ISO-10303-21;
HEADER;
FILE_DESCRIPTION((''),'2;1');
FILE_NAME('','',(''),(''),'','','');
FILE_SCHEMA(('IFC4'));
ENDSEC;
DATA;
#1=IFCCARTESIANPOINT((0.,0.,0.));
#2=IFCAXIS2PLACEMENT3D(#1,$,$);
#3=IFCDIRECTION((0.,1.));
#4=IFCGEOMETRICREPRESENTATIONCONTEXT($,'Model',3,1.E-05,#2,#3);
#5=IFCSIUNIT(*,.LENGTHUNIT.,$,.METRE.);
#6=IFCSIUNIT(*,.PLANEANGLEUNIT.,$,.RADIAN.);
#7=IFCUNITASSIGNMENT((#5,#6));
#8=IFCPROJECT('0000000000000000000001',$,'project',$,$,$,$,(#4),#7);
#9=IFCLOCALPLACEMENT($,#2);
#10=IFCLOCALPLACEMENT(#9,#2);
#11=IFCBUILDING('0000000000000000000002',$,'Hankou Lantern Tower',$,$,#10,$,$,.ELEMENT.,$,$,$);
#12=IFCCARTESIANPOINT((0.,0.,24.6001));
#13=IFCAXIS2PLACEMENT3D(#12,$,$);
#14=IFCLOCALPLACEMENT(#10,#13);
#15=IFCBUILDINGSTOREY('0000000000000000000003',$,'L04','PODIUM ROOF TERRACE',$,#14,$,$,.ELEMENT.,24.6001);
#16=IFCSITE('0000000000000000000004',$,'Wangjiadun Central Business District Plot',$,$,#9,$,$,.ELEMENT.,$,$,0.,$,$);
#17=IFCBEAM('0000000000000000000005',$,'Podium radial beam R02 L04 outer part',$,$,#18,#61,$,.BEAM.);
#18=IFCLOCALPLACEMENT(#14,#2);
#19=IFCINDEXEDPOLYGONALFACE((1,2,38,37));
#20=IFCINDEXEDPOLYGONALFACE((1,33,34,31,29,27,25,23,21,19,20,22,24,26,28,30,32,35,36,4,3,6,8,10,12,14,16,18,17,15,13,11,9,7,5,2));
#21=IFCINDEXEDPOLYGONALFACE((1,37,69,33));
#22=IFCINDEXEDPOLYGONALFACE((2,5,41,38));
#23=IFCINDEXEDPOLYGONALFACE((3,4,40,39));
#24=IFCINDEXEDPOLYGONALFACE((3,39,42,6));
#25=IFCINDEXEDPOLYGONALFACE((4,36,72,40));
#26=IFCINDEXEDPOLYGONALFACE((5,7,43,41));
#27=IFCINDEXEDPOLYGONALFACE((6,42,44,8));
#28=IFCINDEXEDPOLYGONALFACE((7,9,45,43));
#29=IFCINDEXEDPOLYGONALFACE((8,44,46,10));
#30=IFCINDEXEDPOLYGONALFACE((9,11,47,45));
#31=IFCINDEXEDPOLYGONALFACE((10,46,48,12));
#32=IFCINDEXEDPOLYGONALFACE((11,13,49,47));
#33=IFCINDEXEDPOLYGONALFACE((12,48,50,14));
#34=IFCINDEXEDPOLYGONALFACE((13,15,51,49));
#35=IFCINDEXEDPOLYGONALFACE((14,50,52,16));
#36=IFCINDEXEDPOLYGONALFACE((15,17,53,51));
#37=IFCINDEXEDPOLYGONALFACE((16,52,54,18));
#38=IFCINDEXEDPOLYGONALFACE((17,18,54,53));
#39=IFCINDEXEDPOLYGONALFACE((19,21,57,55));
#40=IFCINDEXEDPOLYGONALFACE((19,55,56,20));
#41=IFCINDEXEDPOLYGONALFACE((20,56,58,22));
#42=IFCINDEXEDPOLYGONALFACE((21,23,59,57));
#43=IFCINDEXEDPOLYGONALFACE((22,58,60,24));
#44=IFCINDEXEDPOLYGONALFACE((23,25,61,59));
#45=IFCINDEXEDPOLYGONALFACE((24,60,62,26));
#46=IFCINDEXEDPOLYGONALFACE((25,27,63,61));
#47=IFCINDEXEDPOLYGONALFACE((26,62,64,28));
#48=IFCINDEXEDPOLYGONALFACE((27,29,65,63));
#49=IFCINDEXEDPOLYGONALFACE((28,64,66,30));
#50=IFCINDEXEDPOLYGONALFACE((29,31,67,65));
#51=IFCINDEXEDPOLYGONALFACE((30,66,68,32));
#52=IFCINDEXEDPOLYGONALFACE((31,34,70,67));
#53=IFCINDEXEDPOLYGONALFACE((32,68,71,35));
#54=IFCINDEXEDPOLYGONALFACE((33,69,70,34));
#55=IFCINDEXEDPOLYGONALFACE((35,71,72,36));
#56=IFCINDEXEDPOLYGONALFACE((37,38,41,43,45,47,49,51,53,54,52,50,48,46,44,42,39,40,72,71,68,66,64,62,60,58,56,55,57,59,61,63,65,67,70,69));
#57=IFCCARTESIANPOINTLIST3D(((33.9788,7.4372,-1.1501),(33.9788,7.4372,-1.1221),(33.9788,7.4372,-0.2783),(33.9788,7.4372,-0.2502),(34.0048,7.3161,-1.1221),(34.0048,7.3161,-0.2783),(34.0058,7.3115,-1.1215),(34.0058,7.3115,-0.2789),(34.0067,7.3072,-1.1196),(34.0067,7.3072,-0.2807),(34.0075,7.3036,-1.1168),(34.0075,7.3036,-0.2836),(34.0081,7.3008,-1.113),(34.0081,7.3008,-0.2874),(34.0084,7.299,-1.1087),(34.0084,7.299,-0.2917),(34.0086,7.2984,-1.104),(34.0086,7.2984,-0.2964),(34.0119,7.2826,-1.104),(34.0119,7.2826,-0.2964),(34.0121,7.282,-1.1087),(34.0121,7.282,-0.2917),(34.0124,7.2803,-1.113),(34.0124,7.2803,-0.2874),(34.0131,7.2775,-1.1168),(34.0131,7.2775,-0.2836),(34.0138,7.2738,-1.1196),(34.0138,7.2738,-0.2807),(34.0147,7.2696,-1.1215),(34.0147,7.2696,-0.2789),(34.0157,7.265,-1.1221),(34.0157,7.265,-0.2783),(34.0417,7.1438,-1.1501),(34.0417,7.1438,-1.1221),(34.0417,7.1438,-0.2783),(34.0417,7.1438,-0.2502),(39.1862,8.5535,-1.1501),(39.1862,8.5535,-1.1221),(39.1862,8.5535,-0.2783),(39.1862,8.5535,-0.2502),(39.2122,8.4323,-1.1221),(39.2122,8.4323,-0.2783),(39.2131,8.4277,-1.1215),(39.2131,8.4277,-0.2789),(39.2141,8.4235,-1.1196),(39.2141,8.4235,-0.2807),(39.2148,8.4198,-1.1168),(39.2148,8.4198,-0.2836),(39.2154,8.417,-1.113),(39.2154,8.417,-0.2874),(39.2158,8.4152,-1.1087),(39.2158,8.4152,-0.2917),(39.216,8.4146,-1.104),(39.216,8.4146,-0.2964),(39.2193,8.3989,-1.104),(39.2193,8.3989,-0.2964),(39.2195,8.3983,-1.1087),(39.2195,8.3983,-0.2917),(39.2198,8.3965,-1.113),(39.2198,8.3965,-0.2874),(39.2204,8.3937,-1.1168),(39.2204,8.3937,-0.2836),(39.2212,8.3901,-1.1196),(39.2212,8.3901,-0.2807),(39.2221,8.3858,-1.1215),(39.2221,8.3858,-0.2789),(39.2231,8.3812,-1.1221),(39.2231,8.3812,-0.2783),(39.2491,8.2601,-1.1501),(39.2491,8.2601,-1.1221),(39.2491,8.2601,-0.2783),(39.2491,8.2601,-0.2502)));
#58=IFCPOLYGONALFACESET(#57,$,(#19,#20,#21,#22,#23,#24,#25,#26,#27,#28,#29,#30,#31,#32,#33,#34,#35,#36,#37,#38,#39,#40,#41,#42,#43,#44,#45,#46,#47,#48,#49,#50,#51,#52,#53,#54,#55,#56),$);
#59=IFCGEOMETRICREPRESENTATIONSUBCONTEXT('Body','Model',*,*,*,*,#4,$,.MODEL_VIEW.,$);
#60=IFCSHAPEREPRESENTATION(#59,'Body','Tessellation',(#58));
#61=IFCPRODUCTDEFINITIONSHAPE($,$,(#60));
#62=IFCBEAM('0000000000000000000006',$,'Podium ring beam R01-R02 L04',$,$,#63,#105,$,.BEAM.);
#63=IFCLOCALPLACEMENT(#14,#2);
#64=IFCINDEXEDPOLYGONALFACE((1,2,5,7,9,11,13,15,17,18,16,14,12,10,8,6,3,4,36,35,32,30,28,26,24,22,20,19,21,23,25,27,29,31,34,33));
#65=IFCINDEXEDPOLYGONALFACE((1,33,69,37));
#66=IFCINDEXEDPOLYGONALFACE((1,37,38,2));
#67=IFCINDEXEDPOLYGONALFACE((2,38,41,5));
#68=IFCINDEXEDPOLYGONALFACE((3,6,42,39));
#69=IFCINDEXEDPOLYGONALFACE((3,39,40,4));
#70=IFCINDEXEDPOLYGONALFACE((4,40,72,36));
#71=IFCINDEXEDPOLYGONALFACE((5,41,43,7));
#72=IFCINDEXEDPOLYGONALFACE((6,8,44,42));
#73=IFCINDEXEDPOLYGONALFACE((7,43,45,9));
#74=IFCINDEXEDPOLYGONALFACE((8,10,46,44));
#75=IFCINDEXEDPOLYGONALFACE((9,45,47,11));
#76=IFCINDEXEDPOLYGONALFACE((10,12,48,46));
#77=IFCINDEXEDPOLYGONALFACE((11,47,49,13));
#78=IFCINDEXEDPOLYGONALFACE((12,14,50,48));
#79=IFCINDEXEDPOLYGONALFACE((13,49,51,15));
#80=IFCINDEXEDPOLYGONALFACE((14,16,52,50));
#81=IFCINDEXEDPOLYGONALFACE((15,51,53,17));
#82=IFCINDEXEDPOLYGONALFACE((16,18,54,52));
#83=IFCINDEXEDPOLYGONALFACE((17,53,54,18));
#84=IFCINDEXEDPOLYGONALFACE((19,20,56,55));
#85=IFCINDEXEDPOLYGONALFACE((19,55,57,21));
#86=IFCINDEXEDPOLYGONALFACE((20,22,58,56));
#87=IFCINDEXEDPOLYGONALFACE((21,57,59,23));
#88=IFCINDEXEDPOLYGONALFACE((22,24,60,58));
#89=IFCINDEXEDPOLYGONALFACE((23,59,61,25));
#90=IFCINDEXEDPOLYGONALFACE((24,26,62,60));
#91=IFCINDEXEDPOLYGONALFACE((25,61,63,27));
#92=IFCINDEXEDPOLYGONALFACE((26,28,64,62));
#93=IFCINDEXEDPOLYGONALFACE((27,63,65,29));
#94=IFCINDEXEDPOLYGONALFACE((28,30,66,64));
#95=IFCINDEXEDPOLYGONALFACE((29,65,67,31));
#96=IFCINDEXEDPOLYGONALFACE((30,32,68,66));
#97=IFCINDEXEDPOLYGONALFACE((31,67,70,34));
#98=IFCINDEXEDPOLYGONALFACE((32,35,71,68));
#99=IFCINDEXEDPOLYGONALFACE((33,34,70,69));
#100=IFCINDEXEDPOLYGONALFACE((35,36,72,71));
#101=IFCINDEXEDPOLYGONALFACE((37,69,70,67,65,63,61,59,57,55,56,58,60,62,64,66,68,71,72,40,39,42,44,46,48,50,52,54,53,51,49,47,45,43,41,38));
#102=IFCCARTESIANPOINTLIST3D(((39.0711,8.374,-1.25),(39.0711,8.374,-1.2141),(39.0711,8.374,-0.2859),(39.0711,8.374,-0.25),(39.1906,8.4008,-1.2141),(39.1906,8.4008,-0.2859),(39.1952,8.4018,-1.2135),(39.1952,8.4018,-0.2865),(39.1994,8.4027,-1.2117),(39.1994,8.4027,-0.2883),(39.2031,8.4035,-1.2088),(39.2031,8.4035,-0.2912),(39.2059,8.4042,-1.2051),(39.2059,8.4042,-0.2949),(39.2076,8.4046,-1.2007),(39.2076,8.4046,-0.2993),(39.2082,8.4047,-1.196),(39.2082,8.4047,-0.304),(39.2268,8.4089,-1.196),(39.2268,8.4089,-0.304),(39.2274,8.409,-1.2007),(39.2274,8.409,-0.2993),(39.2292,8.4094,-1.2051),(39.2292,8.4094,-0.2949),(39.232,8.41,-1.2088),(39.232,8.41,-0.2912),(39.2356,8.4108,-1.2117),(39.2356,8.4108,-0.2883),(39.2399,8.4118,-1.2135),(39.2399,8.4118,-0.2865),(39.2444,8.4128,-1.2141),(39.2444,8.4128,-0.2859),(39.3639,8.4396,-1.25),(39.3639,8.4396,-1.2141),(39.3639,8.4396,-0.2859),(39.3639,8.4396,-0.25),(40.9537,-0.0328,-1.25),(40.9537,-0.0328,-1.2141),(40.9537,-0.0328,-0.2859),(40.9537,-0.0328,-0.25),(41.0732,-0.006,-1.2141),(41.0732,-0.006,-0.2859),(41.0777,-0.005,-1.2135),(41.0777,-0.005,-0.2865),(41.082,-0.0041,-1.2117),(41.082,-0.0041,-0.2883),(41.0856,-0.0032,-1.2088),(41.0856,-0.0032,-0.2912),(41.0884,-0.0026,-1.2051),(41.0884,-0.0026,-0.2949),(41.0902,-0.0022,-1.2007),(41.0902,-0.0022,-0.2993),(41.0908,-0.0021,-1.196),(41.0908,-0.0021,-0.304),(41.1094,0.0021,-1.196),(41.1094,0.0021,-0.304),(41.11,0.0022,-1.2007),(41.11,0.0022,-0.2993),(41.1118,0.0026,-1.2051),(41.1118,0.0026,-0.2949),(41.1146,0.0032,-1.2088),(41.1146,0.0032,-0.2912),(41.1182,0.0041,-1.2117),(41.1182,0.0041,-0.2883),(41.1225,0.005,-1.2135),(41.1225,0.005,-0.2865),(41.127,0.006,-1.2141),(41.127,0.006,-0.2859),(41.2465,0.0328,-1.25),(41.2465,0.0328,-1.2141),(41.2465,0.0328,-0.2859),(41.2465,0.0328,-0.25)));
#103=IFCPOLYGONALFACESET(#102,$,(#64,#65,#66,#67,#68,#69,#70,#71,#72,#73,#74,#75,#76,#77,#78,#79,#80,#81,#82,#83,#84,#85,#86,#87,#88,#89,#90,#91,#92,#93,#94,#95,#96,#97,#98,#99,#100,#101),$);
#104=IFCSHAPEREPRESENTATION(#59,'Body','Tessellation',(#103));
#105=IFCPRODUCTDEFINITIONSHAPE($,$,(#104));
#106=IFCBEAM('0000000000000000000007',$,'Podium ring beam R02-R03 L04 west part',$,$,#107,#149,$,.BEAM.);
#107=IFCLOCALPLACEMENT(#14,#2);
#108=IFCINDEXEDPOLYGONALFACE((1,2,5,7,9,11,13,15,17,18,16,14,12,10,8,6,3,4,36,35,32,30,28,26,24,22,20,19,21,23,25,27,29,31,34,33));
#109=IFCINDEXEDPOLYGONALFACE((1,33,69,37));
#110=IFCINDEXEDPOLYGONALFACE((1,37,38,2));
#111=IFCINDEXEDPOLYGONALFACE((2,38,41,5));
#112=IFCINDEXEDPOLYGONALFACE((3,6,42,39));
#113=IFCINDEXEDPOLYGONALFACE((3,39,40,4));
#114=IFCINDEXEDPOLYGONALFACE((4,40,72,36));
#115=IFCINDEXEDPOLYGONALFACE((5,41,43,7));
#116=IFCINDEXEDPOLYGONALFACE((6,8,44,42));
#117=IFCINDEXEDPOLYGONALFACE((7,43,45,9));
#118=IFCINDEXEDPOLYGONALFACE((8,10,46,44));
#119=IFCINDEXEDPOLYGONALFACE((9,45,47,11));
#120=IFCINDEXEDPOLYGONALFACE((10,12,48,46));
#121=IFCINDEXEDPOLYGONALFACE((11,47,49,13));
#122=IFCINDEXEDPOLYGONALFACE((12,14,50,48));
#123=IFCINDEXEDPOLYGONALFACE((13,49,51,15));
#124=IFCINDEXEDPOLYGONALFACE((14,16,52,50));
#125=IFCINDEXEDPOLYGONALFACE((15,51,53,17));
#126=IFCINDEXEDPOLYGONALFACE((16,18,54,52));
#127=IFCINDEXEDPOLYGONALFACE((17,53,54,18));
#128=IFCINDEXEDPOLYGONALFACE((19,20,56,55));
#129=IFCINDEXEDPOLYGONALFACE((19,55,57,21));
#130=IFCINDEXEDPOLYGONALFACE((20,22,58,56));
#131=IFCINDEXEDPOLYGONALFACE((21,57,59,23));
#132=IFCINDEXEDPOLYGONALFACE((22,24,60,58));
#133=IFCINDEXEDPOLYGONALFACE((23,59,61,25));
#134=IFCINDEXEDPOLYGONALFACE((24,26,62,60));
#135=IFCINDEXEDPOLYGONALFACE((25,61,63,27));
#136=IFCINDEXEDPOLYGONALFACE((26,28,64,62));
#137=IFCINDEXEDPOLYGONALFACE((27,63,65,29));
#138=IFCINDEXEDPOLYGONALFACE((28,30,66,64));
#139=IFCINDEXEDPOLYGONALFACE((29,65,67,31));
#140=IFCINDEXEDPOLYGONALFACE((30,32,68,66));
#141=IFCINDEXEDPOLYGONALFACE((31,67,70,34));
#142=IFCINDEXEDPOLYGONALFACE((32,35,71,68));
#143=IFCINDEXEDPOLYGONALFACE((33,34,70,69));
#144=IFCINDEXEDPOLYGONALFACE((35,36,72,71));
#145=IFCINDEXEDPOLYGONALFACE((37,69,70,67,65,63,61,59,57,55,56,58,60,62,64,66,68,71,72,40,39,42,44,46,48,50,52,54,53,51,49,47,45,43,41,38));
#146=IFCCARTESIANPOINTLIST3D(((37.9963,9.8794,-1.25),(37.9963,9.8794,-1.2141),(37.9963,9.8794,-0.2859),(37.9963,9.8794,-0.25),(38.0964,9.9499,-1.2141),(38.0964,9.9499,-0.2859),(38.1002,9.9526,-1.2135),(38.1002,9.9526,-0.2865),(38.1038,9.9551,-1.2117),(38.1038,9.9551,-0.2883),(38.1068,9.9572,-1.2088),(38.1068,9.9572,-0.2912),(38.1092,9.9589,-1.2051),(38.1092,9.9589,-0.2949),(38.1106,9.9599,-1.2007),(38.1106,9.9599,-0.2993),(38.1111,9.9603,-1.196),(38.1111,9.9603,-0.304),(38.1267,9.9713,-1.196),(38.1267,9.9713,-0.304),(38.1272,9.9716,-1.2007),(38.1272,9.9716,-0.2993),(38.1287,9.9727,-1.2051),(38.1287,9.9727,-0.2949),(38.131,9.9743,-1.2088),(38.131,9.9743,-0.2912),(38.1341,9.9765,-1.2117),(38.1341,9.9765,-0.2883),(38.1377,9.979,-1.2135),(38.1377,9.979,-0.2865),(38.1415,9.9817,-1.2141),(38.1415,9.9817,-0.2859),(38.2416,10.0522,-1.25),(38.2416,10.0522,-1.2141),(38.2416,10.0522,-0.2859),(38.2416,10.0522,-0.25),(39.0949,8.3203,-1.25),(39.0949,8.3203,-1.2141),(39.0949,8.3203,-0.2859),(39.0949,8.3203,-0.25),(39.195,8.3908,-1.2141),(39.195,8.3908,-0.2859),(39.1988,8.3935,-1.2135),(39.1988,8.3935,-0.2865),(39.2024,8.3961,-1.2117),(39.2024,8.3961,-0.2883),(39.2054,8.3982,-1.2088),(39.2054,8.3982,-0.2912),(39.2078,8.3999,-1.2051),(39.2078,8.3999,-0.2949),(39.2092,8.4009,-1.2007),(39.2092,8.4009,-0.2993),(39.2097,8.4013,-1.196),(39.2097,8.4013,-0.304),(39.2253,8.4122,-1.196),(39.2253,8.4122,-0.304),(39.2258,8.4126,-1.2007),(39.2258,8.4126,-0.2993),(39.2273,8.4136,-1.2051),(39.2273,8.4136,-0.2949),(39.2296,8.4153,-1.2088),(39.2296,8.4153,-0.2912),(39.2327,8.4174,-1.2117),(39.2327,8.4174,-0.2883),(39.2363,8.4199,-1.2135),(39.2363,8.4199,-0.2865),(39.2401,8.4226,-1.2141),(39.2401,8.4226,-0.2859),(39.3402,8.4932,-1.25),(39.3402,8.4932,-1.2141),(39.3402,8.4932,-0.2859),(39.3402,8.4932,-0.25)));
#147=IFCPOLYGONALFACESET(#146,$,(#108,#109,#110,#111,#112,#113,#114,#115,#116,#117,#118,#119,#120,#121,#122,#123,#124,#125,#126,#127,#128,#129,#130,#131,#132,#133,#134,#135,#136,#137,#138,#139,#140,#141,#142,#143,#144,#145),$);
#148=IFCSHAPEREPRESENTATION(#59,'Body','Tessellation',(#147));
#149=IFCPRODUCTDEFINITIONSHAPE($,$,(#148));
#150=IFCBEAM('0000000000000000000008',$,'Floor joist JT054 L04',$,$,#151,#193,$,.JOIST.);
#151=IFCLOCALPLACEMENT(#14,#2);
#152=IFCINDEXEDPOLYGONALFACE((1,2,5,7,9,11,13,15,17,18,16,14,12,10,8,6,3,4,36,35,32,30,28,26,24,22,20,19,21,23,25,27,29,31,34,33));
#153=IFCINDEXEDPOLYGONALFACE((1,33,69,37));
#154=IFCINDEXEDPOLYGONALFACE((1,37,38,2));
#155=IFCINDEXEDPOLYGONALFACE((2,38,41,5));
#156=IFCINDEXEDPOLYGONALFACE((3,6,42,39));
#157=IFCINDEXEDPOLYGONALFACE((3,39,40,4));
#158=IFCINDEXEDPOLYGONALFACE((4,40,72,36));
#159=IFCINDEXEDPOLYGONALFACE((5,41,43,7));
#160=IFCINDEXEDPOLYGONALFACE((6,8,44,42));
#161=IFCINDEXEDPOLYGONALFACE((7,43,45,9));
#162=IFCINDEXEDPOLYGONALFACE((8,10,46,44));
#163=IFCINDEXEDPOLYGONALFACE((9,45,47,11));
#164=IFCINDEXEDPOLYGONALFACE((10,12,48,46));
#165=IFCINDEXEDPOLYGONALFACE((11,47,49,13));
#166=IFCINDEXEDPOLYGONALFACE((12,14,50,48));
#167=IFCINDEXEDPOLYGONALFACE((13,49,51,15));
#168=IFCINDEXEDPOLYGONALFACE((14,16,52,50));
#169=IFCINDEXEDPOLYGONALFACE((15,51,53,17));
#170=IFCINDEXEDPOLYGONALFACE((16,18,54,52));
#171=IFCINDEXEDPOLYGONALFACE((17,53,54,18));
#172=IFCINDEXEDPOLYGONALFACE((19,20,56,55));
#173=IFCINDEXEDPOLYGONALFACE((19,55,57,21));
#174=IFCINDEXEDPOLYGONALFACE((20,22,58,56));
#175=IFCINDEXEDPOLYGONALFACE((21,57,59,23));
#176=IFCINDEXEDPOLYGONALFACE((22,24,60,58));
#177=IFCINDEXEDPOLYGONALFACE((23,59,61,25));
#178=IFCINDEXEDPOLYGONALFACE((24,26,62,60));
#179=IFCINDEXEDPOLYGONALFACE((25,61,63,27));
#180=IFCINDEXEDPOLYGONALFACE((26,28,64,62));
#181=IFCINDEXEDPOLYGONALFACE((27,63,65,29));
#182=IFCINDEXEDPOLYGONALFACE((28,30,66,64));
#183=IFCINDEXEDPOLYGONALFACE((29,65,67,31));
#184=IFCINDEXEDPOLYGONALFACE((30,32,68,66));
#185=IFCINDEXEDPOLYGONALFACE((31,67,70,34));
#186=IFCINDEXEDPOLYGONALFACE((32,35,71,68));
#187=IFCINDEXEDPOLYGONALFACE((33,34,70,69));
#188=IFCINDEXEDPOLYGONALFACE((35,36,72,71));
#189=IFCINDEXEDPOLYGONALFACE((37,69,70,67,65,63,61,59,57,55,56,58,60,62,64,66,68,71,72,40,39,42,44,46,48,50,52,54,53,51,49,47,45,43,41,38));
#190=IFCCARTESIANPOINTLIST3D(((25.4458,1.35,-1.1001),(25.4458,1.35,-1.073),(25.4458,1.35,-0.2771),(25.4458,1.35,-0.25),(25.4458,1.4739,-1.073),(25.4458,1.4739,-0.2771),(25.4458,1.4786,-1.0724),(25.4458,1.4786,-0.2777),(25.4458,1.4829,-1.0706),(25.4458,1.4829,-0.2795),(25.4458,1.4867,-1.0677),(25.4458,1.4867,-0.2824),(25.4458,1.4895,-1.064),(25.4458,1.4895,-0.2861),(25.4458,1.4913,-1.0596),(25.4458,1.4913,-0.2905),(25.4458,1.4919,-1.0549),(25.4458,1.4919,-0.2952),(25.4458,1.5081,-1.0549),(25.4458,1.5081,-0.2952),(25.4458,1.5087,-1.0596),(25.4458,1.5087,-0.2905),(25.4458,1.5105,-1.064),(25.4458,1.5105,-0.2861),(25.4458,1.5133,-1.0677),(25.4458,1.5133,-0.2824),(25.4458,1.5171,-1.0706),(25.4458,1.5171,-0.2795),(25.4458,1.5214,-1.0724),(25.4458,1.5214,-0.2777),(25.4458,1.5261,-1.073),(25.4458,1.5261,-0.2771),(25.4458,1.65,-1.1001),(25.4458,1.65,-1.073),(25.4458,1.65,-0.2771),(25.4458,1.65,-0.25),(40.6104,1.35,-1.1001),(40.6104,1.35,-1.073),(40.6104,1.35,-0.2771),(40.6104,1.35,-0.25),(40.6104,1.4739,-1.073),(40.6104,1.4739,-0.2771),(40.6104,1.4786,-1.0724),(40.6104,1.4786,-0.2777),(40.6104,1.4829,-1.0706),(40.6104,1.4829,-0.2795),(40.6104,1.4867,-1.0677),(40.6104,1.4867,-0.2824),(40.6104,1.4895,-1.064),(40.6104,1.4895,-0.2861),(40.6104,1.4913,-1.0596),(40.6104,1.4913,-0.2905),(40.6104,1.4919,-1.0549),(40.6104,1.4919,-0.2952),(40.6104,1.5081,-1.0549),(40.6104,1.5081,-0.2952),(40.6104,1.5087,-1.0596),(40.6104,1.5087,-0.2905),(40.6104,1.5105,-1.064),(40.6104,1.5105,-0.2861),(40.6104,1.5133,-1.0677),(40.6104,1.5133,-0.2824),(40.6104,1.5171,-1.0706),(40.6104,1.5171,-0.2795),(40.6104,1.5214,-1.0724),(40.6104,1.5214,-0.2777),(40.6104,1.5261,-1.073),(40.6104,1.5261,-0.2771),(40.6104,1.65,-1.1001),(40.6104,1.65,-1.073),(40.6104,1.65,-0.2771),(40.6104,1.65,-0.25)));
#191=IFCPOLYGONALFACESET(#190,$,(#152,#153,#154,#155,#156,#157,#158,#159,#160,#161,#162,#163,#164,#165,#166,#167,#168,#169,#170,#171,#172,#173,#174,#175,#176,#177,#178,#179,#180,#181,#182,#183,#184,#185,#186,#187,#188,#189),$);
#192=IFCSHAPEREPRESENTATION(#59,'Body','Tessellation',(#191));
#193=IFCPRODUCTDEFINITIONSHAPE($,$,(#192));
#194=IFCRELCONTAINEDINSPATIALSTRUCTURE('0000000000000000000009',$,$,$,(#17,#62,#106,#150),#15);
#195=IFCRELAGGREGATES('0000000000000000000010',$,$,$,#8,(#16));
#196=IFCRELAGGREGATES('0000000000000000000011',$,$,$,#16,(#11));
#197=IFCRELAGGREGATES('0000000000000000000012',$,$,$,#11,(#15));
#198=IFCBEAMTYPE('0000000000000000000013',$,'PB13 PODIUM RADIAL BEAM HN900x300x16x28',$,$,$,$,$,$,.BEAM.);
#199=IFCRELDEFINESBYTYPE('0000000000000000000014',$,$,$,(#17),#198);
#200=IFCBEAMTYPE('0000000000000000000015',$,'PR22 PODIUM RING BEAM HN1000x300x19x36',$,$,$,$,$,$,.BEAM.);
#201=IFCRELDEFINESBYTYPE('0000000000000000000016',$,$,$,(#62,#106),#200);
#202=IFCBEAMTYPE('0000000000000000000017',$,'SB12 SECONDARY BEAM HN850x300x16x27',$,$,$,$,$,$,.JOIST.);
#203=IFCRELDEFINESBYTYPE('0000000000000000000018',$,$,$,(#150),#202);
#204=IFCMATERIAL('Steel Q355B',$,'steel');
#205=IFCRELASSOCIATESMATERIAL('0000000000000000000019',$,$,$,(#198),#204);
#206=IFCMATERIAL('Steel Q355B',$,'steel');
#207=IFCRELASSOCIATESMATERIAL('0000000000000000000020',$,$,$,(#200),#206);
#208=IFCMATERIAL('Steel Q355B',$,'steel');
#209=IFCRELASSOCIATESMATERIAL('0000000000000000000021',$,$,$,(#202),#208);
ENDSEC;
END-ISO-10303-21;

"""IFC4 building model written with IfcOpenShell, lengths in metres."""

from ifc_helpers import new_model, si_unit, direction, frame, origin, origin_2d, place, context, subcontext, project, spatial, i_section, extrude, material, material_profile, profile_set, type_object, element, save


model = new_model("IFC4")

# Units and contexts
model_context = context("Model", 3, precision=1e-05, world=origin(), true_north=direction((0.0, 1.0)))
body_context = subcontext(model_context, "Body", "Model", "MODEL_VIEW")
ifc_project = project(units=[si_unit("LENGTHUNIT", "METRE"), si_unit("PLANEANGLEUNIT", "RADIAN")], contexts=[model_context])

# Site, building, storey
site_placement = place(None, origin())
site = spatial("IfcSite", under=ifc_project, at=site_placement, Name="Wangjiadun Central Business District Plot", CompositionType="ELEMENT", RefElevation=0.0)
building_placement = place(site_placement, origin())
building = spatial("IfcBuilding", under=site, at=building_placement, Name="Hankou Lantern Tower", CompositionType="ELEMENT")
storey_placement = place(building_placement, frame((0.0, 0.0, 24.6001)))
storey = spatial("IfcBuildingStorey", under=building, at=storey_placement, Name="L04", Description="PODIUM ROOF TERRACE", CompositionType="ELEMENT", Elevation=24.6001)

# Beams
ifc_material_1 = material(Name="Steel Q355B", Category="steel")
ifc_material_profile_1 = material_profile(ifc_material_1, i_section(OverallWidth=0.3, OverallDepth=0.8999, WebThickness=0.0161, FlangeThickness=0.0281, FilletRadius=0.0181, at=origin_2d()), Name="HN900x300x16x28")
ifc_profile_set_1 = profile_set([ifc_material_profile_1], Name="Steel Q355B")
beam_type_1 = type_object("IfcBeamType", Name="PB13 PODIUM RADIAL BEAM HN900x300x16x28", PredefinedType="BEAM", material=ifc_profile_set_1)
beam_1_placement = place(storey_placement, frame((34.0103, 7.2905, -0.7002), z_axis=(0.977788, 0.209595, 0.0), x_axis=(-0.209595, 0.977788, 0.0)))
element("IfcBeam", 1, at=beam_1_placement, inside=storey, type_object=beam_type_1, Name="Podium radial beam R02 L04 outer part", PredefinedType="BEAM", context=body_context, shape_type="SweptSolid", body=[
    extrude(i_section(OverallWidth=0.3, OverallDepth=0.8999, WebThickness=0.0161, FlangeThickness=0.0281, FilletRadius=0.0181, at=origin_2d()), origin(), (0.0, 0.0, 1.0), 5.3257),
])
ifc_material_2 = material(Name="Steel Q355B", Category="steel")
ifc_material_profile_2 = material_profile(ifc_material_2, i_section(OverallWidth=0.3, OverallDepth=1.0, WebThickness=0.019, FlangeThickness=0.0359, FilletRadius=0.0181, at=origin_2d()), Name="HN1000x300x19x36")
ifc_profile_set_2 = profile_set([ifc_material_profile_2], Name="Steel Q355B")
beam_type_2 = type_object("IfcBeamType", Name="PR22 PODIUM RING BEAM HN1000x300x19x36", PredefinedType="BEAM", material=ifc_profile_set_2)
beam_2_placement = place(storey_placement, frame((41.1001, 0.0, -0.75), z_axis=(-0.218523, 0.975832, 0.0), x_axis=(-0.975832, -0.218523, 0.0)))
element("IfcBeam", 2, at=beam_2_placement, inside=storey, type_object=beam_type_2, Name="Podium ring beam R01-R02 L04", PredefinedType="BEAM", context=body_context, shape_type="SweptSolid", body=[
    extrude(i_section(OverallWidth=0.3, OverallDepth=1.0, WebThickness=0.019, FlangeThickness=0.0359, FilletRadius=0.0181, at=origin_2d()), origin(), (0.0, 0.0, 1.0), 8.615),
])
beam_3_placement = place(storey_placement, frame((39.2175, 8.4067, -0.75), z_axis=(-0.57602, 0.817436, 0.0), x_axis=(-0.817436, -0.57602, 0.0)))
element("IfcBeam", 3, at=beam_3_placement, inside=storey, type_object=beam_type_2, Name="Podium ring beam R02-R03 L04 west part", PredefinedType="BEAM", context=body_context, shape_type="SweptSolid", body=[
    extrude(i_section(OverallWidth=0.3, OverallDepth=1.0, WebThickness=0.019, FlangeThickness=0.0359, FilletRadius=0.0181, at=origin_2d()), origin(), (0.0, 0.0, 1.0), 1.9072),
])
ifc_material_3 = material(Name="Steel Q355B", Category="steel")
ifc_material_profile_3 = material_profile(ifc_material_3, i_section(OverallWidth=0.3, OverallDepth=0.8501, WebThickness=0.0161, FlangeThickness=0.0271, FilletRadius=0.0181, at=origin_2d()), Name="HN850x300x16x27")
ifc_profile_set_3 = profile_set([ifc_material_profile_3], Name="Steel Q355B")
beam_type_3 = type_object("IfcBeamType", Name="SB12 SECONDARY BEAM HN850x300x16x27", PredefinedType="JOIST", material=ifc_profile_set_3)
beam_4_placement = place(storey_placement, frame((25.4458, 1.5, -0.675), z_axis=(1.0, 0.0, 0.0), x_axis=(0.0, 1.0, 0.0)))
element("IfcBeam", 4, at=beam_4_placement, inside=storey, type_object=beam_type_3, Name="Floor joist JT054 L04", PredefinedType="JOIST", context=body_context, shape_type="SweptSolid", body=[
    extrude(i_section(OverallWidth=0.3, OverallDepth=0.8501, WebThickness=0.0161, FlangeThickness=0.0271, FilletRadius=0.0181, at=origin_2d()), origin(), (0.0, 0.0, 1.0), 15.1646),
])

save(model, "model.ifc")
